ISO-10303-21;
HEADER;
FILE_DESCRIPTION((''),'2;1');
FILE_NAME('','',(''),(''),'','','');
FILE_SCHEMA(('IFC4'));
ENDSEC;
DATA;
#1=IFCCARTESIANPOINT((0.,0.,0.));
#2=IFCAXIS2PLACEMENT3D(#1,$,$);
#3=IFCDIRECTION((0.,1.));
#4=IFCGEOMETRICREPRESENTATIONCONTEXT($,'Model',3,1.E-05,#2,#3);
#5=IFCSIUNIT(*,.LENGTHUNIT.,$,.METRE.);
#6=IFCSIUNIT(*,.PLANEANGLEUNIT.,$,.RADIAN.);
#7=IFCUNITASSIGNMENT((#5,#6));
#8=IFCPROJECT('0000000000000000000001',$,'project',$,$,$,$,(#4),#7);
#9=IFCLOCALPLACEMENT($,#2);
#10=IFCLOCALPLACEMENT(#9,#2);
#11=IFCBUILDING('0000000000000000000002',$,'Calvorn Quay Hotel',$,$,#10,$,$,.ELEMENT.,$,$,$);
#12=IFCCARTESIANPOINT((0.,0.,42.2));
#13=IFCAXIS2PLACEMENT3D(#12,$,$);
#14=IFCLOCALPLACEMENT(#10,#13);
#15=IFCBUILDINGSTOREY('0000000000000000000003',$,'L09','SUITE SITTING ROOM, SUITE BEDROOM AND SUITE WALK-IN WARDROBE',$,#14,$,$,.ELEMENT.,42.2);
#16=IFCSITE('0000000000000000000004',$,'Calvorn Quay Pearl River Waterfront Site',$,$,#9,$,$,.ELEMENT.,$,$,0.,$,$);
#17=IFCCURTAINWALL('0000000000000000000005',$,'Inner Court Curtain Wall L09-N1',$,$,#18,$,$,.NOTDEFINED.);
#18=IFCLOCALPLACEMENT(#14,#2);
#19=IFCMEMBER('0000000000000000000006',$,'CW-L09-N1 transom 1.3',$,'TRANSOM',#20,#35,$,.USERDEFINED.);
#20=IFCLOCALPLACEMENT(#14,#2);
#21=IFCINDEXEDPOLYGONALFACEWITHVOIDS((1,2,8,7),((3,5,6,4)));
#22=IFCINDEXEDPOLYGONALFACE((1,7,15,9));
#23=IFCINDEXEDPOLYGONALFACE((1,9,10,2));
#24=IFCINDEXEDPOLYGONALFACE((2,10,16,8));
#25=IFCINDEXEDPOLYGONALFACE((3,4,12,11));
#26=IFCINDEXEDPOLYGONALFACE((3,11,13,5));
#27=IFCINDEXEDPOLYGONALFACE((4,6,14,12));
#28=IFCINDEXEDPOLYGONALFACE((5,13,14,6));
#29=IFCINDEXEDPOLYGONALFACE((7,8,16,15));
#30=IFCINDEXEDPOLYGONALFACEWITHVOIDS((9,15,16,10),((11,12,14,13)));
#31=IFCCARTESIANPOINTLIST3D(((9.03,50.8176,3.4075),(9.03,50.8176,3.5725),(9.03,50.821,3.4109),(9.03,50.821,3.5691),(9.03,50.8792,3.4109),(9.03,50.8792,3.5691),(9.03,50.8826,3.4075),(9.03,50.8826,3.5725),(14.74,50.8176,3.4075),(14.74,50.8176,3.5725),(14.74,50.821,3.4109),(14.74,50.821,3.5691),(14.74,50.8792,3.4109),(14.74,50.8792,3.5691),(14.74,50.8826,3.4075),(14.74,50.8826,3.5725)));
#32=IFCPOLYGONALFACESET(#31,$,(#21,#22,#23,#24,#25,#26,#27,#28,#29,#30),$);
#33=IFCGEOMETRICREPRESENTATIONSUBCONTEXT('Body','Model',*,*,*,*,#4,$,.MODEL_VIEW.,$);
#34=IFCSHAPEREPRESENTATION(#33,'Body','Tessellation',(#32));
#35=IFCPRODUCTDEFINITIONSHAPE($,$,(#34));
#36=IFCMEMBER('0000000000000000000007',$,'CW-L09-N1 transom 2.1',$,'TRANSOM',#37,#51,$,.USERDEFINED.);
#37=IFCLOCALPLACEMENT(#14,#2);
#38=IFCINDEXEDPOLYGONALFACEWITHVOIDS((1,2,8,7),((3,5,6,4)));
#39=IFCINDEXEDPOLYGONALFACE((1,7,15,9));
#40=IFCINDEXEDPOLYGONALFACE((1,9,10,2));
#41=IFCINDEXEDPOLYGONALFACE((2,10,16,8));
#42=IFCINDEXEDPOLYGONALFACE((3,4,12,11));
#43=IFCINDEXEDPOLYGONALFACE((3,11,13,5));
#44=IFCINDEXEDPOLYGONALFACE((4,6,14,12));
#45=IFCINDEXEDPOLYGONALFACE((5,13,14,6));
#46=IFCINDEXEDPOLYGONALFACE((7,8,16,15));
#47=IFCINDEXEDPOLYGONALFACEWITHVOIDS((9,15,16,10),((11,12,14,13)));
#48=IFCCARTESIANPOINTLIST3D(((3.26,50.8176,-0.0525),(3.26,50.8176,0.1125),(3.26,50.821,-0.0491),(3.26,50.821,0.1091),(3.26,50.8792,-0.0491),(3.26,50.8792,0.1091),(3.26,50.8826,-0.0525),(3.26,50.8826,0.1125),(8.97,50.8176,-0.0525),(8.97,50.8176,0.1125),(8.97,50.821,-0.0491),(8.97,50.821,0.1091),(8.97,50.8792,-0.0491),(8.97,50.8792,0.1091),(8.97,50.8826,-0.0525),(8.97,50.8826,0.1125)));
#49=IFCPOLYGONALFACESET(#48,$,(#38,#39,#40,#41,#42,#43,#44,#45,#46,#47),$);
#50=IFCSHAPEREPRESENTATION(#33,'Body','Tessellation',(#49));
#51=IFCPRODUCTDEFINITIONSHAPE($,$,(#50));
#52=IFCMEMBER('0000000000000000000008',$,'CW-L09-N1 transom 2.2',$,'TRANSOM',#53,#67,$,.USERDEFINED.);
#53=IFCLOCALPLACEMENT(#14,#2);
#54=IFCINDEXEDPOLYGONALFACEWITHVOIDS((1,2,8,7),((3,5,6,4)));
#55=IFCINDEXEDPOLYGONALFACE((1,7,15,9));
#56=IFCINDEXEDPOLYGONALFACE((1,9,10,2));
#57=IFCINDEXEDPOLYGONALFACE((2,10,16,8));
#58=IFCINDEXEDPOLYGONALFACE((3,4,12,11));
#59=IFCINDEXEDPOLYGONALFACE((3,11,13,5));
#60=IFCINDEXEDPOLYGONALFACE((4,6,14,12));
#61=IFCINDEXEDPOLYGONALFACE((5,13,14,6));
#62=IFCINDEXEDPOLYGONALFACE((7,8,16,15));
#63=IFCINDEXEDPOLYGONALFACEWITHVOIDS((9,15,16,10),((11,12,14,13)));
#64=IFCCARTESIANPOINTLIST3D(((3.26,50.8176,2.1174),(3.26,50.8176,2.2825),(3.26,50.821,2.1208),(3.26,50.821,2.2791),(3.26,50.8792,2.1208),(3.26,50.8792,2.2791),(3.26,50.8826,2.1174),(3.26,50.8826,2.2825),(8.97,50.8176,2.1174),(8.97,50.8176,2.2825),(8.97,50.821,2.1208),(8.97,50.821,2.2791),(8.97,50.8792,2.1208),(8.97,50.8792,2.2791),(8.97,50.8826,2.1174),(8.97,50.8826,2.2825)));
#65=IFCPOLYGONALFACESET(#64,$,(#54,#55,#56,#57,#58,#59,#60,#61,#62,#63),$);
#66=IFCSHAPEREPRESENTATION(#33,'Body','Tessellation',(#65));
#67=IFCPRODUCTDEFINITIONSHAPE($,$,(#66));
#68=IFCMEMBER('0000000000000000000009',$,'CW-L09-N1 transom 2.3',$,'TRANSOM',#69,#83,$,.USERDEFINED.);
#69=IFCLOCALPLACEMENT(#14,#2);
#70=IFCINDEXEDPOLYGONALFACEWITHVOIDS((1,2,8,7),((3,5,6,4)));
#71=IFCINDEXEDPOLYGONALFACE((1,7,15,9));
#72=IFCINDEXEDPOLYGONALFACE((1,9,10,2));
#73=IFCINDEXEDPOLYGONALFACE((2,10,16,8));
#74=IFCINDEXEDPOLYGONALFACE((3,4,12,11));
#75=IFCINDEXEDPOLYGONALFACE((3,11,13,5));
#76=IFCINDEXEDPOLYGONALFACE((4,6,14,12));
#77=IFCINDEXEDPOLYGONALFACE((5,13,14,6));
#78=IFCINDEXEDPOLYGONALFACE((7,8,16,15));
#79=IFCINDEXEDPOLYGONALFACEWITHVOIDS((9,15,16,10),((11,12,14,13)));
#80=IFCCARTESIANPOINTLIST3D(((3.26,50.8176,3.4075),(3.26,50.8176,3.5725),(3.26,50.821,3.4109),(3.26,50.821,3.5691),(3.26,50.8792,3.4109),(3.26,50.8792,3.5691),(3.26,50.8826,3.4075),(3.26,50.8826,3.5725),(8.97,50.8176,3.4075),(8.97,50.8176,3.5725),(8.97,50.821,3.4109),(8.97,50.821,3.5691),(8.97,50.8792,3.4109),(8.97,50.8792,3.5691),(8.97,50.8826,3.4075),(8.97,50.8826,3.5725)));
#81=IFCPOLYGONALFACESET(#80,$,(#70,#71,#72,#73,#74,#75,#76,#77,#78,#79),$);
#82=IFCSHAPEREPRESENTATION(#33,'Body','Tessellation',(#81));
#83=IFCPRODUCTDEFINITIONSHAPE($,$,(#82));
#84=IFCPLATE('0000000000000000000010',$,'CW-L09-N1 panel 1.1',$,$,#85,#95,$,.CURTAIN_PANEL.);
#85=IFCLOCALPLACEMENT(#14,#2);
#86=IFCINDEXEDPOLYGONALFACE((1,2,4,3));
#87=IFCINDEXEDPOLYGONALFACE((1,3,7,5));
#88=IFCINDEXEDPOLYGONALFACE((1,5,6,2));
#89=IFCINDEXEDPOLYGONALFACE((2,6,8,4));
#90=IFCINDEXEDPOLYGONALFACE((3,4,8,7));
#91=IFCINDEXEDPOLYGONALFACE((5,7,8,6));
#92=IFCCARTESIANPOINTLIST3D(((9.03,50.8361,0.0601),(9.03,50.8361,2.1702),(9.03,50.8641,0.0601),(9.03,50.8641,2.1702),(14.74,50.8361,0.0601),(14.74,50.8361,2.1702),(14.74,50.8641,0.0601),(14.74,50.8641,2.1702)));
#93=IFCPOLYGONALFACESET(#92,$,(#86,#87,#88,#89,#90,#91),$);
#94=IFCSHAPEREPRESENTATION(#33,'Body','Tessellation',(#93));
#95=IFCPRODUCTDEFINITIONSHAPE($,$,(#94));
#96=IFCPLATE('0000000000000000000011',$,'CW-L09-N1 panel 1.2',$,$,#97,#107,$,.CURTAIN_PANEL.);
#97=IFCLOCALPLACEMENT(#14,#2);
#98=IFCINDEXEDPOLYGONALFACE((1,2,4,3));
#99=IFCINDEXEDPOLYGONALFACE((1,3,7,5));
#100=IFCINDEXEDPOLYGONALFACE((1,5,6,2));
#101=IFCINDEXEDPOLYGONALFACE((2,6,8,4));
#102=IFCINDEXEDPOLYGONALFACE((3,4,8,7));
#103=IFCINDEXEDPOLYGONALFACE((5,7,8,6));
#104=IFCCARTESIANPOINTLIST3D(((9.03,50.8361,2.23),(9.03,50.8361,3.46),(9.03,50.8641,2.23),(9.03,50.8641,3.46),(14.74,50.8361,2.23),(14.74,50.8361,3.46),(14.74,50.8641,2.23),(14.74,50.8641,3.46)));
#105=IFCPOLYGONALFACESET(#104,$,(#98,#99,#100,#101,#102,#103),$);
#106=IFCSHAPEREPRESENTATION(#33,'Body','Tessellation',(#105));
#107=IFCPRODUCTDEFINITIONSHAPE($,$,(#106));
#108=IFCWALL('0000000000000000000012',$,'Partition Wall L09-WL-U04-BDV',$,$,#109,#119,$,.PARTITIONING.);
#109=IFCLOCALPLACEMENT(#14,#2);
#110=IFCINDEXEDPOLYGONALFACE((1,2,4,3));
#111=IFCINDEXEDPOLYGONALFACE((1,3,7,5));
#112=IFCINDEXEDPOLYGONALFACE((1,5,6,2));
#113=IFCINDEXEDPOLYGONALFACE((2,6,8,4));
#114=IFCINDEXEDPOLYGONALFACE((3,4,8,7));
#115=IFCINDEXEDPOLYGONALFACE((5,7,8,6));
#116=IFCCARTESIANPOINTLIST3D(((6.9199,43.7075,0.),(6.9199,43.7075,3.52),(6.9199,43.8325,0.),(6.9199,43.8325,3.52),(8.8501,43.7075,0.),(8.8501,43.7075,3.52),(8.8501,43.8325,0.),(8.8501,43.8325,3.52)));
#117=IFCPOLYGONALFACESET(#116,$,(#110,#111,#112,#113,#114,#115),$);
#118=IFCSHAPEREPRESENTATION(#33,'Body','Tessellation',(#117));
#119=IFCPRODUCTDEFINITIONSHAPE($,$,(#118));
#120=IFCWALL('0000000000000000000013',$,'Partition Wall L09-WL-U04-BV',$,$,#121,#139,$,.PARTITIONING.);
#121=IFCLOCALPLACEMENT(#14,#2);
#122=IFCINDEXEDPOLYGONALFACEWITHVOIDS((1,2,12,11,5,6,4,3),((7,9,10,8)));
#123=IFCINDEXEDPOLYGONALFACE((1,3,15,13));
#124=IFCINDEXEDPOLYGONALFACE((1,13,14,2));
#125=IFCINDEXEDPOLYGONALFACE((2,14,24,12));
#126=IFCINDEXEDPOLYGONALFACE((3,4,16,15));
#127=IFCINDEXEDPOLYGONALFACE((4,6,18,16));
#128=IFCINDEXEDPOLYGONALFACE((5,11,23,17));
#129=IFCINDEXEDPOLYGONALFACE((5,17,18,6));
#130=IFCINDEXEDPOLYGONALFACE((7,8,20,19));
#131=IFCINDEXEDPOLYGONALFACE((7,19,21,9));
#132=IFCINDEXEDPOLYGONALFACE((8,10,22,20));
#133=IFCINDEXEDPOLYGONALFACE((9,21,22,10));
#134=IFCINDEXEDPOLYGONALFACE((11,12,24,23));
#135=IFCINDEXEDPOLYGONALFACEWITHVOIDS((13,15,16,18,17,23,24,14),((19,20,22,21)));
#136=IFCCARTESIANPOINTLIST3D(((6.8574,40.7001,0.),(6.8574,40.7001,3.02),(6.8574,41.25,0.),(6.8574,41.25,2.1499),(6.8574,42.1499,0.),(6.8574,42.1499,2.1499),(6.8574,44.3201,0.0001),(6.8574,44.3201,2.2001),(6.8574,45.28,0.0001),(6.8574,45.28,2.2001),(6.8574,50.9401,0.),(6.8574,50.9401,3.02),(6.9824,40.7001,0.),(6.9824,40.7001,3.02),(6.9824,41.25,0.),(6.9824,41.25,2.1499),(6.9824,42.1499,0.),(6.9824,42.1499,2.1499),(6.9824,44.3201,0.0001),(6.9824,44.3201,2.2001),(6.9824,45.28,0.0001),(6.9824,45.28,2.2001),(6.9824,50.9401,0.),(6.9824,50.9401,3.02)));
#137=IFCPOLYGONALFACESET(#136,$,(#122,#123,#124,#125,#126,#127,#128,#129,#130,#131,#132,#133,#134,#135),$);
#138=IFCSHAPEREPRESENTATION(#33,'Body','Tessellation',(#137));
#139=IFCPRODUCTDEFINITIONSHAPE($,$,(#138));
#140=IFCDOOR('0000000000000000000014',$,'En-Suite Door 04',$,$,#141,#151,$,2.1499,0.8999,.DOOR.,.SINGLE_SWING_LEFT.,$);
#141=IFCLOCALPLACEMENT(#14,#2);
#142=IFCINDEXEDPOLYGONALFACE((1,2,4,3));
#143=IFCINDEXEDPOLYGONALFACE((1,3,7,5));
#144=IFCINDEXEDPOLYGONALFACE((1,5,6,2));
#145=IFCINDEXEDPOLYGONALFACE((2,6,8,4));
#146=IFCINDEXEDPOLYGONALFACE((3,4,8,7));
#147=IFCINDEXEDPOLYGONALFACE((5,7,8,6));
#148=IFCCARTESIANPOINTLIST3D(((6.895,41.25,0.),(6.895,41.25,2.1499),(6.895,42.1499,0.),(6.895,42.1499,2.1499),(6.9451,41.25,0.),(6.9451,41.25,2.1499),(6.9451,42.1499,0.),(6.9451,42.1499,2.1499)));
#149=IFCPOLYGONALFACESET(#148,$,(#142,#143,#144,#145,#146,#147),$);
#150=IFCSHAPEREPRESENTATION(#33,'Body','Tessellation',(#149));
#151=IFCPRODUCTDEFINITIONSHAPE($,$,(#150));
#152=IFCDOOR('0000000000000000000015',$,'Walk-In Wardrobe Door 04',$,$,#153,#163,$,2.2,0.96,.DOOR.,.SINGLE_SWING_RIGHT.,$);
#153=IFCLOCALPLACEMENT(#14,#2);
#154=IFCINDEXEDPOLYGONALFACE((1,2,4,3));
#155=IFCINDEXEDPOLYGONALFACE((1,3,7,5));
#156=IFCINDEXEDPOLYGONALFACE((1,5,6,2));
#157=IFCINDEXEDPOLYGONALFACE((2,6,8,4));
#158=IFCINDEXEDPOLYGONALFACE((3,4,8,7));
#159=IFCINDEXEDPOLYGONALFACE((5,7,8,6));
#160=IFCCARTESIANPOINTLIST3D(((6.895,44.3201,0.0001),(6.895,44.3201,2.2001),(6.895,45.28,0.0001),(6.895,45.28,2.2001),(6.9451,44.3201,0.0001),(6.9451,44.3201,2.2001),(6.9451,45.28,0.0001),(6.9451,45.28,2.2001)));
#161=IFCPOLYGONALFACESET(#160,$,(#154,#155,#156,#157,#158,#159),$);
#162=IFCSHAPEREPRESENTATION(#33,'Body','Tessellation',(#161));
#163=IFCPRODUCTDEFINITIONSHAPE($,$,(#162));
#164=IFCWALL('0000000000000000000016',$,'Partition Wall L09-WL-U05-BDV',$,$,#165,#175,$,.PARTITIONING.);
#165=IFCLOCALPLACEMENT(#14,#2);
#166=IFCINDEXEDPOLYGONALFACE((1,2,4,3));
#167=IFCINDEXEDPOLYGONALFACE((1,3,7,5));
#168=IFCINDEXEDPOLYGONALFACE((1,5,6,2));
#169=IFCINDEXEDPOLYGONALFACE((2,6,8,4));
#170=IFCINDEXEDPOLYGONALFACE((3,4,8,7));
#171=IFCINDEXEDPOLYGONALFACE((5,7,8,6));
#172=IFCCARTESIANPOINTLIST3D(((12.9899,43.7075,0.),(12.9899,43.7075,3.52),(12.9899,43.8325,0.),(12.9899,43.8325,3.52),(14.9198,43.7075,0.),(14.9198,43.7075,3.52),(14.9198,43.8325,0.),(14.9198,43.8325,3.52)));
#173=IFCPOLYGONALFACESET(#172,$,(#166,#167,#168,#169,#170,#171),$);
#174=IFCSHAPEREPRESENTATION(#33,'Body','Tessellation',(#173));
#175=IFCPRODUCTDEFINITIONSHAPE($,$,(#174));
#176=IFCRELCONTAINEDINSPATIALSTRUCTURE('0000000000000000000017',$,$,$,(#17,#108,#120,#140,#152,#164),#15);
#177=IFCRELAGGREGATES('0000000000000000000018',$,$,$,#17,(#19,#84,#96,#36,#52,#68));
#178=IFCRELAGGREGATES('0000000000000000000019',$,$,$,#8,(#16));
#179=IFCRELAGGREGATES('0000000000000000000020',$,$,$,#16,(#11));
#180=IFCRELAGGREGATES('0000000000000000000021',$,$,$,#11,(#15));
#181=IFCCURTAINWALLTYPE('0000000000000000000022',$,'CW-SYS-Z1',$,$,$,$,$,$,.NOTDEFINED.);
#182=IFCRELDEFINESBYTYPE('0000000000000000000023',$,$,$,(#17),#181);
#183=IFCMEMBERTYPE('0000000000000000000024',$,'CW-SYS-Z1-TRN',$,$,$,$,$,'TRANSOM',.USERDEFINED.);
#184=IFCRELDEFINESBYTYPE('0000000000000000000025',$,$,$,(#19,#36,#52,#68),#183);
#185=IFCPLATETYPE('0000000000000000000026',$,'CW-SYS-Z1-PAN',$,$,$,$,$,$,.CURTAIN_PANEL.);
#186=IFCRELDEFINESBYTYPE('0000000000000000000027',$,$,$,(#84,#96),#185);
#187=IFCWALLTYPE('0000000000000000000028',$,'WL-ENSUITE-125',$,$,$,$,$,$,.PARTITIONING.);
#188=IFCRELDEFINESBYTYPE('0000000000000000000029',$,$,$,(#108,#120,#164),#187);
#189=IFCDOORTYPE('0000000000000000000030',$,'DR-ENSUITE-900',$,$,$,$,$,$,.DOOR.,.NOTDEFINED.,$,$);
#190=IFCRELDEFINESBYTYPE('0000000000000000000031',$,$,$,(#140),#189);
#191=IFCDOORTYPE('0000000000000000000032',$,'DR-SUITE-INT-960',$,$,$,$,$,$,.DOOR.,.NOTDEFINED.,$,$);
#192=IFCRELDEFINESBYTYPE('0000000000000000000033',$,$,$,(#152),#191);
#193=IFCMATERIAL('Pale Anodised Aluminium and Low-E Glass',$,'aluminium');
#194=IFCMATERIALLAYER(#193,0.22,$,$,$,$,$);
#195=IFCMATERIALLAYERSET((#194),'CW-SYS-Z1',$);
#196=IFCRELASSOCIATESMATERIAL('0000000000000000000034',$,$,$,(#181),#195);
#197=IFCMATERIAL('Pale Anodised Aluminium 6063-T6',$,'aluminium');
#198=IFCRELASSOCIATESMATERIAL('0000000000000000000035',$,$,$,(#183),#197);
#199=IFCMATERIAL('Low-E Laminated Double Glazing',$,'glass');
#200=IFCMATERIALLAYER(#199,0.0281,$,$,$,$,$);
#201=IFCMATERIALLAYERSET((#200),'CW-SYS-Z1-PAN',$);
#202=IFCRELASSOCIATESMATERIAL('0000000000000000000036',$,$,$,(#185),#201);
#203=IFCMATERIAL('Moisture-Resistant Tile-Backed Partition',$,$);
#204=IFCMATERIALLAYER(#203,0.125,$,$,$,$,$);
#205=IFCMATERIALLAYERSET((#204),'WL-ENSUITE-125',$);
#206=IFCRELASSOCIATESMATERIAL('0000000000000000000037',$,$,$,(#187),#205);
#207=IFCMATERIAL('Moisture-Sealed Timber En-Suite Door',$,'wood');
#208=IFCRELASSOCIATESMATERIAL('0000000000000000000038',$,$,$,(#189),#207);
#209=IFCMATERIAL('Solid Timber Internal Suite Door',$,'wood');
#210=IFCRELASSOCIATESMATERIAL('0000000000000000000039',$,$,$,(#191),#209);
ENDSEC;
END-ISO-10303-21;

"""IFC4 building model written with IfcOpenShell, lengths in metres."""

from ifc_helpers import new_model, si_unit, direction, frame, frame_2d, origin, origin_2d, place, context, subcontext, project, spatial, rectangle, hollow_rectangle, extrude, material, layer, layer_set, material_profile, profile_set, type_object, element, fill, aggregate, save


model = new_model("IFC4")

# Units and contexts
model_context = context("Model", 3, precision=1e-05, world=origin(), true_north=direction((0.0, 1.0)))
body_context = subcontext(model_context, "Body", "Model", "MODEL_VIEW")
ifc_project = project(units=[si_unit("LENGTHUNIT", "METRE"), si_unit("PLANEANGLEUNIT", "RADIAN")], contexts=[model_context])

# Site, building, storey
site_placement = place(None, origin())
site = spatial("IfcSite", under=ifc_project, at=site_placement, Name="Calvorn Quay Pearl River Waterfront Site", CompositionType="ELEMENT", RefElevation=0.0)
building_placement = place(site_placement, origin())
building = spatial("IfcBuilding", under=site, at=building_placement, Name="Calvorn Quay Hotel", CompositionType="ELEMENT")
storey_placement = place(building_placement, frame((0.0, 0.0, 42.2)))
storey = spatial("IfcBuildingStorey", under=building, at=storey_placement, Name="L09", Description="SUITE SITTING ROOM, SUITE BEDROOM AND SUITE WALK-IN WARDROBE", CompositionType="ELEMENT", Elevation=42.2)

# Curtain wall, members, plates
ifc_material_1 = material(Name="Pale Anodised Aluminium and Low-E Glass", Category="aluminium")
ifc_layer_1 = layer(ifc_material_1, 0.22)
ifc_layer_set_1 = layer_set([ifc_layer_1], Name="CW-SYS-Z1")
curtain_wall_type = type_object("IfcCurtainWallType", Name="CW-SYS-Z1", PredefinedType="NOTDEFINED", material=ifc_layer_set_1)
curtain_wall_placement = place(storey_placement, origin())
curtain_wall = element("IfcCurtainWall", 1, at=curtain_wall_placement, inside=storey, type_object=curtain_wall_type, Name="Inner Court Curtain Wall L09-N1", PredefinedType="NOTDEFINED")
ifc_material_2 = material(Name="Pale Anodised Aluminium 6063-T6", Category="aluminium")
ifc_material_profile_1 = material_profile(ifc_material_2, hollow_rectangle(XDim=0.0649, YDim=0.165, WallThickness=0.0034, at=origin_2d()), Name="ALU-T165x65x3.5")
ifc_profile_set_1 = profile_set([ifc_material_profile_1], Name="Pale Anodised Aluminium 6063-T6")
member_type_1 = type_object("IfcMemberType", Name="CW-SYS-Z1-TRN", ElementType="TRANSOM", PredefinedType="USERDEFINED", material=ifc_profile_set_1)
member_1_placement = place(storey_placement, frame((14.74, 50.8501, 3.49), z_axis=(-1.0, 0.0, 0.0), x_axis=(0.0, -1.0, 0.0)))
member_1 = element("IfcMember", 2, at=member_1_placement, type_object=member_type_1, Name="CW-L09-N1 transom 1.3", ObjectType="TRANSOM", PredefinedType="USERDEFINED", context=body_context, shape_type="SweptSolid", body=[
    extrude(hollow_rectangle(XDim=0.0649, YDim=0.165, WallThickness=0.0034, at=origin_2d()), origin(), (0.0, 0.0, 1.0), 5.71),
])
member_2_placement = place(storey_placement, frame((8.97, 50.8501, 0.03), z_axis=(-1.0, 0.0, 0.0), x_axis=(0.0, -1.0, 0.0)))
member_2 = element("IfcMember", 3, at=member_2_placement, type_object=member_type_1, Name="CW-L09-N1 transom 2.1", ObjectType="TRANSOM", PredefinedType="USERDEFINED", context=body_context, shape_type="SweptSolid", body=[
    extrude(hollow_rectangle(XDim=0.0649, YDim=0.165, WallThickness=0.0034, at=origin_2d()), origin(), (0.0, 0.0, 1.0), 5.71),
])
member_3_placement = place(storey_placement, frame((8.97, 50.8501, 2.2), z_axis=(-1.0, 0.0, 0.0), x_axis=(0.0, -1.0, 0.0)))
member_3 = element("IfcMember", 4, at=member_3_placement, type_object=member_type_1, Name="CW-L09-N1 transom 2.2", ObjectType="TRANSOM", PredefinedType="USERDEFINED", context=body_context, shape_type="SweptSolid", body=[
    extrude(hollow_rectangle(XDim=0.0649, YDim=0.165, WallThickness=0.0034, at=origin_2d()), origin(), (0.0, 0.0, 1.0), 5.71),
])
member_4_placement = place(storey_placement, frame((8.97, 50.8501, 3.49), z_axis=(-1.0, 0.0, 0.0), x_axis=(0.0, -1.0, 0.0)))
member_4 = element("IfcMember", 5, at=member_4_placement, type_object=member_type_1, Name="CW-L09-N1 transom 2.3", ObjectType="TRANSOM", PredefinedType="USERDEFINED", context=body_context, shape_type="SweptSolid", body=[
    extrude(hollow_rectangle(XDim=0.0649, YDim=0.165, WallThickness=0.0034, at=origin_2d()), origin(), (0.0, 0.0, 1.0), 5.71),
])
ifc_material_3 = material(Name="Low-E Laminated Double Glazing", Category="glass")
ifc_layer_2 = layer(ifc_material_3, 0.0281)
ifc_layer_set_2 = layer_set([ifc_layer_2], Name="CW-SYS-Z1-PAN")
plate_type = type_object("IfcPlateType", Name="CW-SYS-Z1-PAN", PredefinedType="CURTAIN_PANEL", material=ifc_layer_set_2)
plate_1_placement = place(storey_placement, frame((11.885, 50.8501, 0.0601), z_axis=(0.0, 0.0, 1.0), x_axis=(-1.0, 0.0, 0.0)))
plate_1 = element("IfcPlate", 6, at=plate_1_placement, type_object=plate_type, Name="CW-L09-N1 panel 1.1", PredefinedType="CURTAIN_PANEL", context=body_context, shape_type="SweptSolid", body=[
    extrude(rectangle(XDim=5.71, YDim=0.0281, at=origin_2d()), origin(), (0.0, 0.0, 1.0), 2.1101),
])
plate_2_placement = place(storey_placement, frame((11.885, 50.8501, 2.23), z_axis=(0.0, 0.0, 1.0), x_axis=(-1.0, 0.0, 0.0)))
plate_2 = element("IfcPlate", 7, at=plate_2_placement, type_object=plate_type, Name="CW-L09-N1 panel 1.2", PredefinedType="CURTAIN_PANEL", context=body_context, shape_type="SweptSolid", body=[
    extrude(rectangle(XDim=5.71, YDim=0.0281, at=origin_2d()), origin(), (0.0, 0.0, 1.0), 1.23),
])
aggregate(curtain_wall, [member_1, plate_1, plate_2, member_2, member_3, member_4])

# Wall
ifc_material_4 = material(Name="Moisture-Resistant Tile-Backed Partition")
ifc_layer_3 = layer(ifc_material_4, 0.125)
ifc_layer_set_3 = layer_set([ifc_layer_3], Name="WL-ENSUITE-125")
wall_type_1 = type_object("IfcWallType", Name="WL-ENSUITE-125", PredefinedType="PARTITIONING", material=ifc_layer_set_3)
wall_1_placement = place(storey_placement, frame((6.9199, 43.77, 0.0), z_axis=(0.0, 0.0, 1.0), x_axis=(1.0, 0.0, 0.0)))
element("IfcWall", 8, at=wall_1_placement, inside=storey, type_object=wall_type_1, Name="Partition Wall L09-WL-U04-BDV", PredefinedType="PARTITIONING", context=body_context, shape_type="SweptSolid", body=[
    extrude(rectangle(XDim=1.9302, YDim=0.125, at=frame_2d((0.9651, 0.0))), origin(), (0.0, 0.0, 1.0), 3.52),
])

# Wall, openings, doors
wall_2_placement = place(storey_placement, frame((6.9199, 40.7, 0.0), z_axis=(0.0, 0.0, 1.0), x_axis=(0.0, 1.0, 0.0)))
wall_2 = element("IfcWall", 9, at=wall_2_placement, inside=storey, type_object=wall_type_1, Name="Partition Wall L09-WL-U04-BV", PredefinedType="PARTITIONING", context=body_context, shape_type="SweptSolid", body=[
    extrude(rectangle(XDim=10.24, YDim=0.125, at=frame_2d((5.1201, 0.0))), origin(), (0.0, 0.0, 1.0), 3.02),
])
opening_1_placement = place(wall_2_placement, frame((0.55, 0.0, 0.0)))
opening_1 = element("IfcOpeningElement", 10, at=opening_1_placement, cuts=wall_2, PredefinedType="OPENING", context=body_context, shape_type="SweptSolid", body=[
    extrude(rectangle(XDim=0.8999, YDim=2.1499, at=frame_2d((0.45, 1.075))), frame((0.0, 0.0725, 0.0), z_axis=(0.0, -1.0, 0.0), x_axis=(1.0, 0.0, 0.0)), (0.0, 0.0, 1.0), 0.145),
])
opening_2_placement = place(wall_2_placement, frame((3.6201, 0.0, 0.0)))
opening_2 = element("IfcOpeningElement", 11, at=opening_2_placement, cuts=wall_2, PredefinedType="OPENING", context=body_context, shape_type="SweptSolid", body=[
    extrude(rectangle(XDim=0.96, YDim=2.2, at=frame_2d((0.48, 1.1001))), frame((0.0, 0.0725, 0.0), z_axis=(0.0, -1.0, 0.0), x_axis=(1.0, 0.0, 0.0)), (0.0, 0.0, 1.0), 0.145),
])
ifc_material_5 = material(Name="Moisture-Sealed Timber En-Suite Door", Category="wood")
door_type_1 = type_object("IfcDoorType", Name="DR-ENSUITE-900", OperationType="NOTDEFINED", PredefinedType="DOOR", material=ifc_material_5)
door_1_placement = place(opening_1_placement, origin())
door_1 = element("IfcDoor", 12, at=door_1_placement, inside=storey, type_object=door_type_1, Name="En-Suite Door 04", OperationType="SINGLE_SWING_LEFT", OverallHeight=2.1499, OverallWidth=0.8999, PredefinedType="DOOR", context=body_context, shape_type="SweptSolid", body=[
    extrude(rectangle(XDim=0.8999, YDim=2.1499, at=frame_2d((0.45, 1.075))), frame((0.0, 0.0249, 0.0), z_axis=(0.0, -1.0, 0.0), x_axis=(1.0, 0.0, 0.0)), (0.0, 0.0, 1.0), 0.05),
])
fill(opening_1, door_1)
ifc_material_6 = material(Name="Solid Timber Internal Suite Door", Category="wood")
door_type_2 = type_object("IfcDoorType", Name="DR-SUITE-INT-960", OperationType="NOTDEFINED", PredefinedType="DOOR", material=ifc_material_6)
door_2_placement = place(opening_2_placement, origin())
door_2 = element("IfcDoor", 13, at=door_2_placement, inside=storey, type_object=door_type_2, Name="Walk-In Wardrobe Door 04", OperationType="SINGLE_SWING_RIGHT", OverallHeight=2.2, OverallWidth=0.96, PredefinedType="DOOR", context=body_context, shape_type="SweptSolid", body=[
    extrude(rectangle(XDim=0.96, YDim=2.2, at=frame_2d((0.48, 1.1001))), frame((0.0, 0.0249, 0.0), z_axis=(0.0, -1.0, 0.0), x_axis=(1.0, 0.0, 0.0)), (0.0, 0.0, 1.0), 0.05),
])
fill(opening_2, door_2)

# Wall
wall_3_placement = place(storey_placement, frame((12.99, 43.77, 0.0), z_axis=(0.0, 0.0, 1.0), x_axis=(1.0, 0.0, 0.0)))
element("IfcWall", 14, at=wall_3_placement, inside=storey, type_object=wall_type_1, Name="Partition Wall L09-WL-U05-BDV", PredefinedType="PARTITIONING", context=body_context, shape_type="SweptSolid", body=[
    extrude(rectangle(XDim=1.9299, YDim=0.125, at=frame_2d((0.9648, 0.0))), origin(), (0.0, 0.0, 1.0), 3.52),
])

save(model, "model.ifc")
